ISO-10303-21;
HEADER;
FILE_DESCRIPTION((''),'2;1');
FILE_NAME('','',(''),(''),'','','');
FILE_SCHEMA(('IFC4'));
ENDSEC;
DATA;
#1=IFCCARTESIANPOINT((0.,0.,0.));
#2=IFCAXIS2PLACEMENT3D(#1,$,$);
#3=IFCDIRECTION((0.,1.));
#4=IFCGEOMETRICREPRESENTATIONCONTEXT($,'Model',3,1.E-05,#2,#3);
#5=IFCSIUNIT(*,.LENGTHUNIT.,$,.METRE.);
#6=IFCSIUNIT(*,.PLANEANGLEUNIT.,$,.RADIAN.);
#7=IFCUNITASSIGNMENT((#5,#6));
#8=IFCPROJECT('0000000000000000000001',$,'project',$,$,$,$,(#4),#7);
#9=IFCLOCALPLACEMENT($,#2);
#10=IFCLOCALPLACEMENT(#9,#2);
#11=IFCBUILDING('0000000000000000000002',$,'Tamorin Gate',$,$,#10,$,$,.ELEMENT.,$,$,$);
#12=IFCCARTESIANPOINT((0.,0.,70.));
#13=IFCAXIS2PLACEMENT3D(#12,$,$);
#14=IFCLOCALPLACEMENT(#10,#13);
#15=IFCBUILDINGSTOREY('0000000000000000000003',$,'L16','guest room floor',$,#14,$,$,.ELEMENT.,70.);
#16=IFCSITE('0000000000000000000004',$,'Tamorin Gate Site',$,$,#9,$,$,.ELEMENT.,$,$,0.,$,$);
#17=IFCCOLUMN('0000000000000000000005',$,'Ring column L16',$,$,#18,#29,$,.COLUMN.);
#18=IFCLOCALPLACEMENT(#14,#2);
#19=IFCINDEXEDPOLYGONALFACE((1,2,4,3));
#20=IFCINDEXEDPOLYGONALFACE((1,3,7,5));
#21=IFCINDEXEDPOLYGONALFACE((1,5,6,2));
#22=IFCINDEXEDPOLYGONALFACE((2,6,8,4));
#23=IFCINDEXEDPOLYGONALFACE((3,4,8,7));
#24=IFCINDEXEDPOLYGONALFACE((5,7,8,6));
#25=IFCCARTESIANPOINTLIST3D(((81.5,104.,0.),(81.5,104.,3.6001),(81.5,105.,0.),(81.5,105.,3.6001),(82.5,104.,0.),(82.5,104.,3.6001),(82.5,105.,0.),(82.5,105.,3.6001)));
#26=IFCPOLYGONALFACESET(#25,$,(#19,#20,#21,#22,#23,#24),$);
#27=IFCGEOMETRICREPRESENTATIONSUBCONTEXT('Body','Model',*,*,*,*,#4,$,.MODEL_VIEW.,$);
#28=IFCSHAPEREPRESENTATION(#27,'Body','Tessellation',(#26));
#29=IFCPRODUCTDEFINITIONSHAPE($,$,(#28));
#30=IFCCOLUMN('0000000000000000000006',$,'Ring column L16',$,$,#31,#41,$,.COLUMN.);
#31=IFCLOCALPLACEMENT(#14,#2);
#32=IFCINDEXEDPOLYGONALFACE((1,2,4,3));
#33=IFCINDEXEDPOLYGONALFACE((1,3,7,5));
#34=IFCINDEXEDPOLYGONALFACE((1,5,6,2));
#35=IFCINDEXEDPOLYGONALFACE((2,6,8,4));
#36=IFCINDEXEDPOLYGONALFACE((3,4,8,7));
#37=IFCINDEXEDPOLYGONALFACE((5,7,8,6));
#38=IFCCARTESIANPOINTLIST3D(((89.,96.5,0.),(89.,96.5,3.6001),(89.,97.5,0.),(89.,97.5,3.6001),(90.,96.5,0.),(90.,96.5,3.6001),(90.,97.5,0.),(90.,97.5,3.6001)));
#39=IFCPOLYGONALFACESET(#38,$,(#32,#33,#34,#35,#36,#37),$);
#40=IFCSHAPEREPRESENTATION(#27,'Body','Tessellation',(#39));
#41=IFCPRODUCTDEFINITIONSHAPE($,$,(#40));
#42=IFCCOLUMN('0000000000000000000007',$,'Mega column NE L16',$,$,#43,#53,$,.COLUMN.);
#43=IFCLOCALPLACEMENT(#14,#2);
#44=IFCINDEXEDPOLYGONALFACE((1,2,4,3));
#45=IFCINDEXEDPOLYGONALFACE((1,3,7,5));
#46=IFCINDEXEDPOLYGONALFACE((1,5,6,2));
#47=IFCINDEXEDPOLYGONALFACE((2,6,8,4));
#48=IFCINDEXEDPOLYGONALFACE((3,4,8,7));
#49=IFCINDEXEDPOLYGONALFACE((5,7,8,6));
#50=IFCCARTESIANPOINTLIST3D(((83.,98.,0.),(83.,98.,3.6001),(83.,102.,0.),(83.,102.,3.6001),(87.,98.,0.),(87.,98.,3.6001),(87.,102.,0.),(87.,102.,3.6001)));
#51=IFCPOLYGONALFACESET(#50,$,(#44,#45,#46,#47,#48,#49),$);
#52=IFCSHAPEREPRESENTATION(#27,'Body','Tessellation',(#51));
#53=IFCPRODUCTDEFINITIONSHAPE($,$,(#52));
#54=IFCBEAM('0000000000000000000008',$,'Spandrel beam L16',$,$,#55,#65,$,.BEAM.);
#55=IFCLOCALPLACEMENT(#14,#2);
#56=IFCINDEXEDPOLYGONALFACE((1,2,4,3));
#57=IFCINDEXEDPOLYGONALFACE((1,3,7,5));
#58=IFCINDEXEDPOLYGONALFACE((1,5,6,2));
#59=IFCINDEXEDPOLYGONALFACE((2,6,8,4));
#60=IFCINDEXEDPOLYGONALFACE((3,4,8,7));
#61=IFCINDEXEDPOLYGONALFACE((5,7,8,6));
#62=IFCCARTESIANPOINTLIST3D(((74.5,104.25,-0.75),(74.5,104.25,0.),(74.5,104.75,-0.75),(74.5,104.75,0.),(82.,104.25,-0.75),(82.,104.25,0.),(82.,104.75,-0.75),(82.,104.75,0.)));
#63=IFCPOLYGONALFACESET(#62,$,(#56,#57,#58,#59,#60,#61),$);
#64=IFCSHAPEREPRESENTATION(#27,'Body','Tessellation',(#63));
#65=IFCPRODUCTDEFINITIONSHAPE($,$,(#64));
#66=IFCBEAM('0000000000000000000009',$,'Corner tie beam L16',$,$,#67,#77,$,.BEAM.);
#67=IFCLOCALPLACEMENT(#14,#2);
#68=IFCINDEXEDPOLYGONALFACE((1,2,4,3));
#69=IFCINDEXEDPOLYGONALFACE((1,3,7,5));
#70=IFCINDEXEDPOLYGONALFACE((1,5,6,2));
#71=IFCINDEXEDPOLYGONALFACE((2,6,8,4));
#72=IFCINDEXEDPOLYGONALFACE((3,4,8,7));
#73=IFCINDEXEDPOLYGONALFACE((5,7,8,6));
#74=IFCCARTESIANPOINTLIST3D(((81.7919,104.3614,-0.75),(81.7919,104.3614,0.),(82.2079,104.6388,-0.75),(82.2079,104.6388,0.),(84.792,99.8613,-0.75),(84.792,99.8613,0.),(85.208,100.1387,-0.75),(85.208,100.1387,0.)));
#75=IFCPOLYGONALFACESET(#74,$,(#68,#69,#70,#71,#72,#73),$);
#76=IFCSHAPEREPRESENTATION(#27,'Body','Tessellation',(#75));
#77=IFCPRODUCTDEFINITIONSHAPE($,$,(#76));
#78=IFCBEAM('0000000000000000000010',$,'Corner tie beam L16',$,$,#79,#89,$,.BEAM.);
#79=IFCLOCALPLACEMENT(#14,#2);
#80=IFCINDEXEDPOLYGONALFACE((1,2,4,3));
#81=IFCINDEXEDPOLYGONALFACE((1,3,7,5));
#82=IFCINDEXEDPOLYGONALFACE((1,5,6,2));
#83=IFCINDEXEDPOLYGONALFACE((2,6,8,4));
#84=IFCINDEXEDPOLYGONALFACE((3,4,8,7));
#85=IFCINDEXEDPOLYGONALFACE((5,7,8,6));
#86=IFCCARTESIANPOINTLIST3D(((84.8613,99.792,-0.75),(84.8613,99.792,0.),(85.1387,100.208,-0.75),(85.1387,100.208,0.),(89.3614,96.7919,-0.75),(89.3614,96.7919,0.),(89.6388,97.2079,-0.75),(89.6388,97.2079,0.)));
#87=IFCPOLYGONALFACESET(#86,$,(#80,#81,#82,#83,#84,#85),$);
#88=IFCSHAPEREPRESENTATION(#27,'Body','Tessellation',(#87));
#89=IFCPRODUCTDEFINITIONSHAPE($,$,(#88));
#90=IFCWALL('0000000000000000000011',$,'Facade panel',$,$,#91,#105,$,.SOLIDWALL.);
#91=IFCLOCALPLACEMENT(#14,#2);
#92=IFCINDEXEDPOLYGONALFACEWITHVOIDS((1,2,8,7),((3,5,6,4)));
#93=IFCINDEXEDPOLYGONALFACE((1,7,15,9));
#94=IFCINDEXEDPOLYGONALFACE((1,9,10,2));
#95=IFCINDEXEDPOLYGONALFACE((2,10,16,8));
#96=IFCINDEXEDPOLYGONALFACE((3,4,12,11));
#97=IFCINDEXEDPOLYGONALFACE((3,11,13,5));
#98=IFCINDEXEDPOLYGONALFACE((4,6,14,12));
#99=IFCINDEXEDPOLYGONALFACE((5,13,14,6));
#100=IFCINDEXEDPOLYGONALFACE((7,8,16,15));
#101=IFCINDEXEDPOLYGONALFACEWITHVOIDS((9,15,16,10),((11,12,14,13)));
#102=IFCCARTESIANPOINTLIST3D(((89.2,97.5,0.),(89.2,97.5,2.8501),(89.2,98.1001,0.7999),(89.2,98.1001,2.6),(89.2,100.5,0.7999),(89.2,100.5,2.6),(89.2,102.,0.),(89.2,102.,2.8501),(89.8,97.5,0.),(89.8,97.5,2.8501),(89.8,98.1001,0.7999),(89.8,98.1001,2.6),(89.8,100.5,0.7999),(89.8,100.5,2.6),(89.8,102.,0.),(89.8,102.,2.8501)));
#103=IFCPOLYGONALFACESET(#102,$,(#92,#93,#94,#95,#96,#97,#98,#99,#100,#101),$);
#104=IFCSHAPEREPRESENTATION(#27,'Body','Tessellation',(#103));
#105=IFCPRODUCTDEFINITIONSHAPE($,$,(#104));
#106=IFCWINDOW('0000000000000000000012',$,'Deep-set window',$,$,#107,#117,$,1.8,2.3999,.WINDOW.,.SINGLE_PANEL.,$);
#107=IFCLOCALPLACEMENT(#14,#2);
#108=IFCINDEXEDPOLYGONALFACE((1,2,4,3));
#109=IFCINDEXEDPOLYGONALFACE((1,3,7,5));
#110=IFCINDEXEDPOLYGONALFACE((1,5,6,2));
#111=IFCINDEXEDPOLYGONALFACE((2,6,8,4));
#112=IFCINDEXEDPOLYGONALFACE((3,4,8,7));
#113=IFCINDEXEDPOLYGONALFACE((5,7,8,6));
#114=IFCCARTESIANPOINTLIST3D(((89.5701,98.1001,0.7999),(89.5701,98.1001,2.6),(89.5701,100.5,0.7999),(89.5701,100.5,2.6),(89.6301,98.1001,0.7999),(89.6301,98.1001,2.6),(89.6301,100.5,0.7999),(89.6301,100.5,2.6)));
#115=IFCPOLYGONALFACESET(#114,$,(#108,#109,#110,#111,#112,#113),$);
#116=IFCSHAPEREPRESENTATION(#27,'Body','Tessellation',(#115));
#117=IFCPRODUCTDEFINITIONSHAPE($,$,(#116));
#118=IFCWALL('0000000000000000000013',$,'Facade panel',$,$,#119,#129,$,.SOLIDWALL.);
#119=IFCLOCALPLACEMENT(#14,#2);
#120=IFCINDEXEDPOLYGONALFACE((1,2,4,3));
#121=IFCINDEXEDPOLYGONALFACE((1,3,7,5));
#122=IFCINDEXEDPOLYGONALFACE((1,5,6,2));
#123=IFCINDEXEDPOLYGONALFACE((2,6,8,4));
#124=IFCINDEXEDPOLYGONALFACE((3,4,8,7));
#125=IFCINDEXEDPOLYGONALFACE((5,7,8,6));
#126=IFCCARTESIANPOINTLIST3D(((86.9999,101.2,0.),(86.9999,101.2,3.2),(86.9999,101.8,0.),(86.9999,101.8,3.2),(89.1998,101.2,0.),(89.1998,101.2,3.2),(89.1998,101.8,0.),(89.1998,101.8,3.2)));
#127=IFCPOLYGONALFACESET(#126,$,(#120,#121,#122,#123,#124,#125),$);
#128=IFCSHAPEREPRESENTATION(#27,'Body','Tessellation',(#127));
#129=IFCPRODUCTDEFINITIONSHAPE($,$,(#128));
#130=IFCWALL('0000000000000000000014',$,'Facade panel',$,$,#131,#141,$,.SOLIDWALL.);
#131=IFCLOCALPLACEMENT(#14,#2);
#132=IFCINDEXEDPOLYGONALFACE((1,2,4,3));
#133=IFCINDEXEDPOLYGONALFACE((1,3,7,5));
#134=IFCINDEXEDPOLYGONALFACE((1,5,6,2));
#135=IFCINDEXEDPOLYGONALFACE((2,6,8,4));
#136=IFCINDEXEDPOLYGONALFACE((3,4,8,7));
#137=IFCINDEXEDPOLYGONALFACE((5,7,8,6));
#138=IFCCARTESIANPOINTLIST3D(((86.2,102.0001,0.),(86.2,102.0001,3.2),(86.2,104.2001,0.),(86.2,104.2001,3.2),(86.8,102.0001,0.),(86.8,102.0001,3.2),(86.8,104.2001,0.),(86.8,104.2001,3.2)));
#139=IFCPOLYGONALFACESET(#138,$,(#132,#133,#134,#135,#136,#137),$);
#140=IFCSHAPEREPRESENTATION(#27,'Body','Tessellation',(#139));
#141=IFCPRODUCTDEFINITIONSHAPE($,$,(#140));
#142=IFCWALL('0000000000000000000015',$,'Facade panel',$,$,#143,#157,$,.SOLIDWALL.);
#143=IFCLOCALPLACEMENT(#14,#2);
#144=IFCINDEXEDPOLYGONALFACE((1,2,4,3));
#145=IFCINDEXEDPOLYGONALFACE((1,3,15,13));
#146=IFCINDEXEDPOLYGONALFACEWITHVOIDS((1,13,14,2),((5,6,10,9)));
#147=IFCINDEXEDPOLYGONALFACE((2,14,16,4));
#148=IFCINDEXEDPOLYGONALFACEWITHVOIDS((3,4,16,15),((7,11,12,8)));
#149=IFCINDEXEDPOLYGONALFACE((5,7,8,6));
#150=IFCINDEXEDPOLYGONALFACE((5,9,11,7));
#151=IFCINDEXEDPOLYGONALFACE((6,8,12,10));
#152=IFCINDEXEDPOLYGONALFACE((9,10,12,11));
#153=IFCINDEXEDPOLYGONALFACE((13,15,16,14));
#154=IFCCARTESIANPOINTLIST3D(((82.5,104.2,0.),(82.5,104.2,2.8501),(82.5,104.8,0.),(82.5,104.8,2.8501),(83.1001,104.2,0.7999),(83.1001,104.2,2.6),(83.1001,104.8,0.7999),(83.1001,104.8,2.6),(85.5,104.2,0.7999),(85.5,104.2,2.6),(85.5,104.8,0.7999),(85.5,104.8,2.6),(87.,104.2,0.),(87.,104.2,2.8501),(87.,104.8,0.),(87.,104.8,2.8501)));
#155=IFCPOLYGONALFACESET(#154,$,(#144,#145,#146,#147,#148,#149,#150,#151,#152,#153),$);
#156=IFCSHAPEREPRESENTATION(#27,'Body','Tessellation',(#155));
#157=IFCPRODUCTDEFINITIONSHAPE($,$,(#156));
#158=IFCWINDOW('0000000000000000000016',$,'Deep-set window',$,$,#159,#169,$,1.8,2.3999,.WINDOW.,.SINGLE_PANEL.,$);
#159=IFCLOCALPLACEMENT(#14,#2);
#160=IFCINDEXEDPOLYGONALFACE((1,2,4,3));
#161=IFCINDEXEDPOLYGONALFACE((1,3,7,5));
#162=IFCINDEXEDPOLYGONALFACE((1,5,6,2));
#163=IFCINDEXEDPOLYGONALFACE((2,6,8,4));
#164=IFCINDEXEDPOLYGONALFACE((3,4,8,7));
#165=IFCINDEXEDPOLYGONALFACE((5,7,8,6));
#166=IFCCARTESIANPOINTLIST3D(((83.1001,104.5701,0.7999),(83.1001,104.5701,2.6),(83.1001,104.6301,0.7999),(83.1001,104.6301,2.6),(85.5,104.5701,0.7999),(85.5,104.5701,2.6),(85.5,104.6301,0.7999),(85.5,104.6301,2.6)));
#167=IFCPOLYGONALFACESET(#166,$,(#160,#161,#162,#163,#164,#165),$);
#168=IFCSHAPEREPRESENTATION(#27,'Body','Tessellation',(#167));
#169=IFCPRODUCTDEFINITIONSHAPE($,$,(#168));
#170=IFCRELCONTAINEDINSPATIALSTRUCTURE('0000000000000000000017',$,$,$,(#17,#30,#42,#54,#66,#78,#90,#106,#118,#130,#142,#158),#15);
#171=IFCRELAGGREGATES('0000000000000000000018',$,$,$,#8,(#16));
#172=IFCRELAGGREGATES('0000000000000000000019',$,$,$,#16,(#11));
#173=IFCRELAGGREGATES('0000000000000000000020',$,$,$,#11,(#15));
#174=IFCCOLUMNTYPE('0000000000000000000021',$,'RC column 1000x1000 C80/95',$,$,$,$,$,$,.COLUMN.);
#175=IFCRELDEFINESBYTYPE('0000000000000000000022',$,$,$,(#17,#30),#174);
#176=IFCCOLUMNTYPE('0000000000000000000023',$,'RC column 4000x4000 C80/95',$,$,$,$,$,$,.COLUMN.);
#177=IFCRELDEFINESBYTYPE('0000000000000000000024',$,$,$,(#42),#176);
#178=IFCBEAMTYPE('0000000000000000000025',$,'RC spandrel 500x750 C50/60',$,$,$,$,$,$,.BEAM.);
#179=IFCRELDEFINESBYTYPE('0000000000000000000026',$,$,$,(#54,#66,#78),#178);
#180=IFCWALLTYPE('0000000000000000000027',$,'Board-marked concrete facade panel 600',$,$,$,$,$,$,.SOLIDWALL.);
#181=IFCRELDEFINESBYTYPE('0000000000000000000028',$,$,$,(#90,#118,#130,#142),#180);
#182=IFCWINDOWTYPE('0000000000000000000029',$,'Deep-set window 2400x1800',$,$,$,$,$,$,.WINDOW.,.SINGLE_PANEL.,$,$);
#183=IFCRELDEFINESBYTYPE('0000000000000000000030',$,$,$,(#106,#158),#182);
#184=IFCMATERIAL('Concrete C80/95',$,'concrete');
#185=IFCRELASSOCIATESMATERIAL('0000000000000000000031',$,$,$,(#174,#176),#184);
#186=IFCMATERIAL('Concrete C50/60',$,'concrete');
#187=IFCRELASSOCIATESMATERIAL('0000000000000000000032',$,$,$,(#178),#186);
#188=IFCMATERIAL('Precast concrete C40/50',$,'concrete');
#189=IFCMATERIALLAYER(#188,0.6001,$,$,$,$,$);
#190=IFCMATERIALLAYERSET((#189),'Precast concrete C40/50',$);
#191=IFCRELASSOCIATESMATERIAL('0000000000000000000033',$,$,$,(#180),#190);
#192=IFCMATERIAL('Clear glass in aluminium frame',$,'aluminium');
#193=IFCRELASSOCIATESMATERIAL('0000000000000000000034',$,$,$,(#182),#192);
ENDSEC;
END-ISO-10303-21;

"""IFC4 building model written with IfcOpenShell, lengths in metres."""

from ifc_helpers import new_model, si_unit, direction, frame, frame_2d, origin, origin_2d, place, context, subcontext, project, spatial, rectangle, extrude, material, layer, layer_set, material_profile, profile_set, type_object, element, fill, save


model = new_model("IFC4")

# Units and contexts
model_context = context("Model", 3, precision=1e-05, world=origin(), true_north=direction((0.0, 1.0)))
body_context = subcontext(model_context, "Body", "Model", "MODEL_VIEW")
ifc_project = project(units=[si_unit("LENGTHUNIT", "METRE"), si_unit("PLANEANGLEUNIT", "RADIAN")], contexts=[model_context])

# Site, building, storey
site_placement = place(None, origin())
site = spatial("IfcSite", under=ifc_project, at=site_placement, Name="Tamorin Gate Site", CompositionType="ELEMENT", RefElevation=0.0)
building_placement = place(site_placement, origin())
building = spatial("IfcBuilding", under=site, at=building_placement, Name="Tamorin Gate", CompositionType="ELEMENT")
storey_placement = place(building_placement, frame((0.0, 0.0, 70.0)))
storey = spatial("IfcBuildingStorey", under=building, at=storey_placement, Name="L16", Description="guest room floor", CompositionType="ELEMENT", Elevation=70.0)

# Columns
ifc_material_1 = material(Name="Concrete C80/95", Category="concrete")
ifc_material_profile_1 = material_profile(ifc_material_1, rectangle(XDim=1.0, YDim=1.0, at=origin_2d()), Name="RC 1000x1000")
ifc_profile_set_1 = profile_set([ifc_material_profile_1], Name="Concrete C80/95")
column_type_1 = type_object("IfcColumnType", Name="RC column 1000x1000 C80/95", PredefinedType="COLUMN", material=ifc_profile_set_1)
for number, where, z_axis, x_axis, name in (
    (1, (82.0, 104.5, 0.0), (0.0, 0.0, 1.0), (1.0, 0.0, 0.0), "Ring column L16"),
    (2, (89.5, 97.0, 0.0), (0.0, 0.0, 1.0), (1.0, 0.0, 0.0), "Ring column L16"),
):
    element("IfcColumn", number, at=place(storey_placement, frame(where, z_axis=z_axis, x_axis=x_axis)), inside=storey, type_object=column_type_1, Name=name, PredefinedType="COLUMN", context=body_context, shape_type="SweptSolid", body=[
        extrude(rectangle(XDim=1.0, YDim=1.0, at=origin_2d()), origin(), (0.0, 0.0, 1.0), 3.6001),
    ])
ifc_material_profile_2 = material_profile(ifc_material_1, rectangle(XDim=4.0, YDim=4.0, at=origin_2d()), Name="RC 4000x4000")
ifc_profile_set_2 = profile_set([ifc_material_profile_2], Name="Concrete C80/95")
column_type_2 = type_object("IfcColumnType", Name="RC column 4000x4000 C80/95", PredefinedType="COLUMN", material=ifc_profile_set_2)
column_placement = place(storey_placement, frame((85.0, 100.0, 0.0), z_axis=(0.0, 0.0, 1.0), x_axis=(1.0, 0.0, 0.0)))
element("IfcColumn", 3, at=column_placement, inside=storey, type_object=column_type_2, Name="Mega column NE L16", PredefinedType="COLUMN", context=body_context, shape_type="SweptSolid", body=[
    extrude(rectangle(XDim=4.0, YDim=4.0, at=origin_2d()), origin(), (0.0, 0.0, 1.0), 3.6001),
])

# Beams
ifc_material_2 = material(Name="Concrete C50/60", Category="concrete")
ifc_material_profile_3 = material_profile(ifc_material_2, rectangle(XDim=0.5, YDim=0.75, at=origin_2d()), Name="RC 500x750")
ifc_profile_set_3 = profile_set([ifc_material_profile_3], Name="Concrete C50/60")
beam_type = type_object("IfcBeamType", Name="RC spandrel 500x750 C50/60", PredefinedType="BEAM", material=ifc_profile_set_3)
beam_placement = place(storey_placement, frame((82.0, 104.5, -0.375), z_axis=(-1.0, 0.0, 0.0), x_axis=(0.0, -1.0, 0.0)))
element("IfcBeam", 4, at=beam_placement, inside=storey, type_object=beam_type, Name="Spandrel beam L16", PredefinedType="BEAM", context=body_context, shape_type="SweptSolid", body=[
    extrude(rectangle(XDim=0.5, YDim=0.75, at=origin_2d()), origin(), (0.0, 0.0, 1.0), 7.5),
])
for number, where, z_axis, x_axis, name in (
    (5, (85.0, 100.0, -0.375), (-0.5547, 0.83205, 0.0), (-0.83205, -0.5547, 0.0), "Corner tie beam L16"),
    (6, (85.0, 100.0, -0.375), (0.83205, -0.5547, 0.0), (0.5547, 0.83205, 0.0), "Corner tie beam L16"),
):
    element("IfcBeam", number, at=place(storey_placement, frame(where, z_axis=z_axis, x_axis=x_axis)), inside=storey, type_object=beam_type, Name=name, PredefinedType="BEAM", context=body_context, shape_type="SweptSolid", body=[
        extrude(rectangle(XDim=0.5, YDim=0.75, at=origin_2d()), origin(), (0.0, 0.0, 1.0), 5.4084),
    ])

# Wall, opening, window
ifc_material_3 = material(Name="Precast concrete C40/50", Category="concrete")
ifc_layer_1 = layer(ifc_material_3, 0.6001)
ifc_layer_set_1 = layer_set([ifc_layer_1], Name="Precast concrete C40/50")
wall_type_1 = type_object("IfcWallType", Name="Board-marked concrete facade panel 600", PredefinedType="SOLIDWALL", material=ifc_layer_set_1)
wall_1_placement = place(storey_placement, frame((89.5, 97.5, 0.0), z_axis=(0.0, 0.0, 1.0), x_axis=(0.0, 1.0, 0.0)))
wall_1 = element("IfcWall", 7, at=wall_1_placement, inside=storey, type_object=wall_type_1, Name="Facade panel", PredefinedType="SOLIDWALL", context=body_context, shape_type="SweptSolid", body=[
    extrude(rectangle(XDim=4.5, YDim=0.6001, at=frame_2d((2.25, 0.0))), origin(), (0.0, 0.0, 1.0), 2.8501),
])
opening_1_placement = place(wall_1_placement, frame((0.6001, 0.0, 0.8)))
opening_1 = element("IfcOpeningElement", 8, at=opening_1_placement, cuts=wall_1, PredefinedType="OPENING", context=body_context, shape_type="SweptSolid", body=[
    extrude(rectangle(XDim=2.3999, YDim=1.8, at=frame_2d((1.2, 0.8999))), frame((0.0, 0.3101, 0.0), z_axis=(0.0, -1.0, 0.0), x_axis=(1.0, 0.0, 0.0)), (0.0, 0.0, 1.0), 0.6201),
])
ifc_material_4 = material(Name="Clear glass in aluminium frame", Category="aluminium")
window_type = type_object("IfcWindowType", Name="Deep-set window 2400x1800", PartitioningType="SINGLE_PANEL", PredefinedType="WINDOW", material=ifc_material_4)
window_1_placement = place(opening_1_placement, origin())
window_1 = element("IfcWindow", 9, at=window_1_placement, inside=storey, type_object=window_type, Name="Deep-set window", OverallHeight=1.8, OverallWidth=2.3999, PartitioningType="SINGLE_PANEL", PredefinedType="WINDOW", context=body_context, shape_type="SweptSolid", body=[
    extrude(rectangle(XDim=2.3999, YDim=1.8, at=frame_2d((1.2, 0.8999))), frame((0.0, -0.0701, 0.0), z_axis=(0.0, -1.0, 0.0), x_axis=(1.0, 0.0, 0.0)), (0.0, 0.0, 1.0), 0.0601),
])
fill(opening_1, window_1)

# Walls
for number, where, z_axis, x_axis, name in (
    (10, (89.2, 101.5, 0.0), (0.0, 0.0, 1.0), (-1.0, 0.0, 0.0), "Facade panel"),
    (11, (86.5, 102.0, 0.0), (0.0, 0.0, 1.0), (0.0, 1.0, 0.0), "Facade panel"),
):
    element("IfcWall", number, at=place(storey_placement, frame(where, z_axis=z_axis, x_axis=x_axis)), inside=storey, type_object=wall_type_1, Name=name, PredefinedType="SOLIDWALL", context=body_context, shape_type="SweptSolid", body=[
        extrude(rectangle(XDim=2.2, YDim=0.6001, at=frame_2d((1.1001, 0.0))), origin(), (0.0, 0.0, 1.0), 3.2),
    ])

# Wall, opening, window
wall_2_placement = place(storey_placement, frame((87.0, 104.5, 0.0), z_axis=(0.0, 0.0, 1.0), x_axis=(-1.0, 0.0, 0.0)))
wall_2 = element("IfcWall", 12, at=wall_2_placement, inside=storey, type_object=wall_type_1, Name="Facade panel", PredefinedType="SOLIDWALL", context=body_context, shape_type="SweptSolid", body=[
    extrude(rectangle(XDim=4.5, YDim=0.6001, at=frame_2d((2.25, 0.0))), origin(), (0.0, 0.0, 1.0), 2.8501),
])
opening_2_placement = place(wall_2_placement, frame((1.5, 0.0, 0.8)))
opening_2 = element("IfcOpeningElement", 13, at=opening_2_placement, cuts=wall_2, PredefinedType="OPENING", context=body_context, shape_type="SweptSolid", body=[
    extrude(rectangle(XDim=2.3999, YDim=1.8, at=frame_2d((1.2, 0.8999))), frame((0.0, 0.3101, 0.0), z_axis=(0.0, -1.0, 0.0), x_axis=(1.0, 0.0, 0.0)), (0.0, 0.0, 1.0), 0.6201),
])
window_2_placement = place(opening_2_placement, origin())
window_2 = element("IfcWindow", 14, at=window_2_placement, inside=storey, type_object=window_type, Name="Deep-set window", OverallHeight=1.8, OverallWidth=2.3999, PartitioningType="SINGLE_PANEL", PredefinedType="WINDOW", context=body_context, shape_type="SweptSolid", body=[
    extrude(rectangle(XDim=2.3999, YDim=1.8, at=frame_2d((1.2, 0.8999))), frame((0.0, -0.0701, 0.0), z_axis=(0.0, -1.0, 0.0), x_axis=(1.0, 0.0, 0.0)), (0.0, 0.0, 1.0), 0.0601),
])
fill(opening_2, window_2)

save(model, "model.ifc")
